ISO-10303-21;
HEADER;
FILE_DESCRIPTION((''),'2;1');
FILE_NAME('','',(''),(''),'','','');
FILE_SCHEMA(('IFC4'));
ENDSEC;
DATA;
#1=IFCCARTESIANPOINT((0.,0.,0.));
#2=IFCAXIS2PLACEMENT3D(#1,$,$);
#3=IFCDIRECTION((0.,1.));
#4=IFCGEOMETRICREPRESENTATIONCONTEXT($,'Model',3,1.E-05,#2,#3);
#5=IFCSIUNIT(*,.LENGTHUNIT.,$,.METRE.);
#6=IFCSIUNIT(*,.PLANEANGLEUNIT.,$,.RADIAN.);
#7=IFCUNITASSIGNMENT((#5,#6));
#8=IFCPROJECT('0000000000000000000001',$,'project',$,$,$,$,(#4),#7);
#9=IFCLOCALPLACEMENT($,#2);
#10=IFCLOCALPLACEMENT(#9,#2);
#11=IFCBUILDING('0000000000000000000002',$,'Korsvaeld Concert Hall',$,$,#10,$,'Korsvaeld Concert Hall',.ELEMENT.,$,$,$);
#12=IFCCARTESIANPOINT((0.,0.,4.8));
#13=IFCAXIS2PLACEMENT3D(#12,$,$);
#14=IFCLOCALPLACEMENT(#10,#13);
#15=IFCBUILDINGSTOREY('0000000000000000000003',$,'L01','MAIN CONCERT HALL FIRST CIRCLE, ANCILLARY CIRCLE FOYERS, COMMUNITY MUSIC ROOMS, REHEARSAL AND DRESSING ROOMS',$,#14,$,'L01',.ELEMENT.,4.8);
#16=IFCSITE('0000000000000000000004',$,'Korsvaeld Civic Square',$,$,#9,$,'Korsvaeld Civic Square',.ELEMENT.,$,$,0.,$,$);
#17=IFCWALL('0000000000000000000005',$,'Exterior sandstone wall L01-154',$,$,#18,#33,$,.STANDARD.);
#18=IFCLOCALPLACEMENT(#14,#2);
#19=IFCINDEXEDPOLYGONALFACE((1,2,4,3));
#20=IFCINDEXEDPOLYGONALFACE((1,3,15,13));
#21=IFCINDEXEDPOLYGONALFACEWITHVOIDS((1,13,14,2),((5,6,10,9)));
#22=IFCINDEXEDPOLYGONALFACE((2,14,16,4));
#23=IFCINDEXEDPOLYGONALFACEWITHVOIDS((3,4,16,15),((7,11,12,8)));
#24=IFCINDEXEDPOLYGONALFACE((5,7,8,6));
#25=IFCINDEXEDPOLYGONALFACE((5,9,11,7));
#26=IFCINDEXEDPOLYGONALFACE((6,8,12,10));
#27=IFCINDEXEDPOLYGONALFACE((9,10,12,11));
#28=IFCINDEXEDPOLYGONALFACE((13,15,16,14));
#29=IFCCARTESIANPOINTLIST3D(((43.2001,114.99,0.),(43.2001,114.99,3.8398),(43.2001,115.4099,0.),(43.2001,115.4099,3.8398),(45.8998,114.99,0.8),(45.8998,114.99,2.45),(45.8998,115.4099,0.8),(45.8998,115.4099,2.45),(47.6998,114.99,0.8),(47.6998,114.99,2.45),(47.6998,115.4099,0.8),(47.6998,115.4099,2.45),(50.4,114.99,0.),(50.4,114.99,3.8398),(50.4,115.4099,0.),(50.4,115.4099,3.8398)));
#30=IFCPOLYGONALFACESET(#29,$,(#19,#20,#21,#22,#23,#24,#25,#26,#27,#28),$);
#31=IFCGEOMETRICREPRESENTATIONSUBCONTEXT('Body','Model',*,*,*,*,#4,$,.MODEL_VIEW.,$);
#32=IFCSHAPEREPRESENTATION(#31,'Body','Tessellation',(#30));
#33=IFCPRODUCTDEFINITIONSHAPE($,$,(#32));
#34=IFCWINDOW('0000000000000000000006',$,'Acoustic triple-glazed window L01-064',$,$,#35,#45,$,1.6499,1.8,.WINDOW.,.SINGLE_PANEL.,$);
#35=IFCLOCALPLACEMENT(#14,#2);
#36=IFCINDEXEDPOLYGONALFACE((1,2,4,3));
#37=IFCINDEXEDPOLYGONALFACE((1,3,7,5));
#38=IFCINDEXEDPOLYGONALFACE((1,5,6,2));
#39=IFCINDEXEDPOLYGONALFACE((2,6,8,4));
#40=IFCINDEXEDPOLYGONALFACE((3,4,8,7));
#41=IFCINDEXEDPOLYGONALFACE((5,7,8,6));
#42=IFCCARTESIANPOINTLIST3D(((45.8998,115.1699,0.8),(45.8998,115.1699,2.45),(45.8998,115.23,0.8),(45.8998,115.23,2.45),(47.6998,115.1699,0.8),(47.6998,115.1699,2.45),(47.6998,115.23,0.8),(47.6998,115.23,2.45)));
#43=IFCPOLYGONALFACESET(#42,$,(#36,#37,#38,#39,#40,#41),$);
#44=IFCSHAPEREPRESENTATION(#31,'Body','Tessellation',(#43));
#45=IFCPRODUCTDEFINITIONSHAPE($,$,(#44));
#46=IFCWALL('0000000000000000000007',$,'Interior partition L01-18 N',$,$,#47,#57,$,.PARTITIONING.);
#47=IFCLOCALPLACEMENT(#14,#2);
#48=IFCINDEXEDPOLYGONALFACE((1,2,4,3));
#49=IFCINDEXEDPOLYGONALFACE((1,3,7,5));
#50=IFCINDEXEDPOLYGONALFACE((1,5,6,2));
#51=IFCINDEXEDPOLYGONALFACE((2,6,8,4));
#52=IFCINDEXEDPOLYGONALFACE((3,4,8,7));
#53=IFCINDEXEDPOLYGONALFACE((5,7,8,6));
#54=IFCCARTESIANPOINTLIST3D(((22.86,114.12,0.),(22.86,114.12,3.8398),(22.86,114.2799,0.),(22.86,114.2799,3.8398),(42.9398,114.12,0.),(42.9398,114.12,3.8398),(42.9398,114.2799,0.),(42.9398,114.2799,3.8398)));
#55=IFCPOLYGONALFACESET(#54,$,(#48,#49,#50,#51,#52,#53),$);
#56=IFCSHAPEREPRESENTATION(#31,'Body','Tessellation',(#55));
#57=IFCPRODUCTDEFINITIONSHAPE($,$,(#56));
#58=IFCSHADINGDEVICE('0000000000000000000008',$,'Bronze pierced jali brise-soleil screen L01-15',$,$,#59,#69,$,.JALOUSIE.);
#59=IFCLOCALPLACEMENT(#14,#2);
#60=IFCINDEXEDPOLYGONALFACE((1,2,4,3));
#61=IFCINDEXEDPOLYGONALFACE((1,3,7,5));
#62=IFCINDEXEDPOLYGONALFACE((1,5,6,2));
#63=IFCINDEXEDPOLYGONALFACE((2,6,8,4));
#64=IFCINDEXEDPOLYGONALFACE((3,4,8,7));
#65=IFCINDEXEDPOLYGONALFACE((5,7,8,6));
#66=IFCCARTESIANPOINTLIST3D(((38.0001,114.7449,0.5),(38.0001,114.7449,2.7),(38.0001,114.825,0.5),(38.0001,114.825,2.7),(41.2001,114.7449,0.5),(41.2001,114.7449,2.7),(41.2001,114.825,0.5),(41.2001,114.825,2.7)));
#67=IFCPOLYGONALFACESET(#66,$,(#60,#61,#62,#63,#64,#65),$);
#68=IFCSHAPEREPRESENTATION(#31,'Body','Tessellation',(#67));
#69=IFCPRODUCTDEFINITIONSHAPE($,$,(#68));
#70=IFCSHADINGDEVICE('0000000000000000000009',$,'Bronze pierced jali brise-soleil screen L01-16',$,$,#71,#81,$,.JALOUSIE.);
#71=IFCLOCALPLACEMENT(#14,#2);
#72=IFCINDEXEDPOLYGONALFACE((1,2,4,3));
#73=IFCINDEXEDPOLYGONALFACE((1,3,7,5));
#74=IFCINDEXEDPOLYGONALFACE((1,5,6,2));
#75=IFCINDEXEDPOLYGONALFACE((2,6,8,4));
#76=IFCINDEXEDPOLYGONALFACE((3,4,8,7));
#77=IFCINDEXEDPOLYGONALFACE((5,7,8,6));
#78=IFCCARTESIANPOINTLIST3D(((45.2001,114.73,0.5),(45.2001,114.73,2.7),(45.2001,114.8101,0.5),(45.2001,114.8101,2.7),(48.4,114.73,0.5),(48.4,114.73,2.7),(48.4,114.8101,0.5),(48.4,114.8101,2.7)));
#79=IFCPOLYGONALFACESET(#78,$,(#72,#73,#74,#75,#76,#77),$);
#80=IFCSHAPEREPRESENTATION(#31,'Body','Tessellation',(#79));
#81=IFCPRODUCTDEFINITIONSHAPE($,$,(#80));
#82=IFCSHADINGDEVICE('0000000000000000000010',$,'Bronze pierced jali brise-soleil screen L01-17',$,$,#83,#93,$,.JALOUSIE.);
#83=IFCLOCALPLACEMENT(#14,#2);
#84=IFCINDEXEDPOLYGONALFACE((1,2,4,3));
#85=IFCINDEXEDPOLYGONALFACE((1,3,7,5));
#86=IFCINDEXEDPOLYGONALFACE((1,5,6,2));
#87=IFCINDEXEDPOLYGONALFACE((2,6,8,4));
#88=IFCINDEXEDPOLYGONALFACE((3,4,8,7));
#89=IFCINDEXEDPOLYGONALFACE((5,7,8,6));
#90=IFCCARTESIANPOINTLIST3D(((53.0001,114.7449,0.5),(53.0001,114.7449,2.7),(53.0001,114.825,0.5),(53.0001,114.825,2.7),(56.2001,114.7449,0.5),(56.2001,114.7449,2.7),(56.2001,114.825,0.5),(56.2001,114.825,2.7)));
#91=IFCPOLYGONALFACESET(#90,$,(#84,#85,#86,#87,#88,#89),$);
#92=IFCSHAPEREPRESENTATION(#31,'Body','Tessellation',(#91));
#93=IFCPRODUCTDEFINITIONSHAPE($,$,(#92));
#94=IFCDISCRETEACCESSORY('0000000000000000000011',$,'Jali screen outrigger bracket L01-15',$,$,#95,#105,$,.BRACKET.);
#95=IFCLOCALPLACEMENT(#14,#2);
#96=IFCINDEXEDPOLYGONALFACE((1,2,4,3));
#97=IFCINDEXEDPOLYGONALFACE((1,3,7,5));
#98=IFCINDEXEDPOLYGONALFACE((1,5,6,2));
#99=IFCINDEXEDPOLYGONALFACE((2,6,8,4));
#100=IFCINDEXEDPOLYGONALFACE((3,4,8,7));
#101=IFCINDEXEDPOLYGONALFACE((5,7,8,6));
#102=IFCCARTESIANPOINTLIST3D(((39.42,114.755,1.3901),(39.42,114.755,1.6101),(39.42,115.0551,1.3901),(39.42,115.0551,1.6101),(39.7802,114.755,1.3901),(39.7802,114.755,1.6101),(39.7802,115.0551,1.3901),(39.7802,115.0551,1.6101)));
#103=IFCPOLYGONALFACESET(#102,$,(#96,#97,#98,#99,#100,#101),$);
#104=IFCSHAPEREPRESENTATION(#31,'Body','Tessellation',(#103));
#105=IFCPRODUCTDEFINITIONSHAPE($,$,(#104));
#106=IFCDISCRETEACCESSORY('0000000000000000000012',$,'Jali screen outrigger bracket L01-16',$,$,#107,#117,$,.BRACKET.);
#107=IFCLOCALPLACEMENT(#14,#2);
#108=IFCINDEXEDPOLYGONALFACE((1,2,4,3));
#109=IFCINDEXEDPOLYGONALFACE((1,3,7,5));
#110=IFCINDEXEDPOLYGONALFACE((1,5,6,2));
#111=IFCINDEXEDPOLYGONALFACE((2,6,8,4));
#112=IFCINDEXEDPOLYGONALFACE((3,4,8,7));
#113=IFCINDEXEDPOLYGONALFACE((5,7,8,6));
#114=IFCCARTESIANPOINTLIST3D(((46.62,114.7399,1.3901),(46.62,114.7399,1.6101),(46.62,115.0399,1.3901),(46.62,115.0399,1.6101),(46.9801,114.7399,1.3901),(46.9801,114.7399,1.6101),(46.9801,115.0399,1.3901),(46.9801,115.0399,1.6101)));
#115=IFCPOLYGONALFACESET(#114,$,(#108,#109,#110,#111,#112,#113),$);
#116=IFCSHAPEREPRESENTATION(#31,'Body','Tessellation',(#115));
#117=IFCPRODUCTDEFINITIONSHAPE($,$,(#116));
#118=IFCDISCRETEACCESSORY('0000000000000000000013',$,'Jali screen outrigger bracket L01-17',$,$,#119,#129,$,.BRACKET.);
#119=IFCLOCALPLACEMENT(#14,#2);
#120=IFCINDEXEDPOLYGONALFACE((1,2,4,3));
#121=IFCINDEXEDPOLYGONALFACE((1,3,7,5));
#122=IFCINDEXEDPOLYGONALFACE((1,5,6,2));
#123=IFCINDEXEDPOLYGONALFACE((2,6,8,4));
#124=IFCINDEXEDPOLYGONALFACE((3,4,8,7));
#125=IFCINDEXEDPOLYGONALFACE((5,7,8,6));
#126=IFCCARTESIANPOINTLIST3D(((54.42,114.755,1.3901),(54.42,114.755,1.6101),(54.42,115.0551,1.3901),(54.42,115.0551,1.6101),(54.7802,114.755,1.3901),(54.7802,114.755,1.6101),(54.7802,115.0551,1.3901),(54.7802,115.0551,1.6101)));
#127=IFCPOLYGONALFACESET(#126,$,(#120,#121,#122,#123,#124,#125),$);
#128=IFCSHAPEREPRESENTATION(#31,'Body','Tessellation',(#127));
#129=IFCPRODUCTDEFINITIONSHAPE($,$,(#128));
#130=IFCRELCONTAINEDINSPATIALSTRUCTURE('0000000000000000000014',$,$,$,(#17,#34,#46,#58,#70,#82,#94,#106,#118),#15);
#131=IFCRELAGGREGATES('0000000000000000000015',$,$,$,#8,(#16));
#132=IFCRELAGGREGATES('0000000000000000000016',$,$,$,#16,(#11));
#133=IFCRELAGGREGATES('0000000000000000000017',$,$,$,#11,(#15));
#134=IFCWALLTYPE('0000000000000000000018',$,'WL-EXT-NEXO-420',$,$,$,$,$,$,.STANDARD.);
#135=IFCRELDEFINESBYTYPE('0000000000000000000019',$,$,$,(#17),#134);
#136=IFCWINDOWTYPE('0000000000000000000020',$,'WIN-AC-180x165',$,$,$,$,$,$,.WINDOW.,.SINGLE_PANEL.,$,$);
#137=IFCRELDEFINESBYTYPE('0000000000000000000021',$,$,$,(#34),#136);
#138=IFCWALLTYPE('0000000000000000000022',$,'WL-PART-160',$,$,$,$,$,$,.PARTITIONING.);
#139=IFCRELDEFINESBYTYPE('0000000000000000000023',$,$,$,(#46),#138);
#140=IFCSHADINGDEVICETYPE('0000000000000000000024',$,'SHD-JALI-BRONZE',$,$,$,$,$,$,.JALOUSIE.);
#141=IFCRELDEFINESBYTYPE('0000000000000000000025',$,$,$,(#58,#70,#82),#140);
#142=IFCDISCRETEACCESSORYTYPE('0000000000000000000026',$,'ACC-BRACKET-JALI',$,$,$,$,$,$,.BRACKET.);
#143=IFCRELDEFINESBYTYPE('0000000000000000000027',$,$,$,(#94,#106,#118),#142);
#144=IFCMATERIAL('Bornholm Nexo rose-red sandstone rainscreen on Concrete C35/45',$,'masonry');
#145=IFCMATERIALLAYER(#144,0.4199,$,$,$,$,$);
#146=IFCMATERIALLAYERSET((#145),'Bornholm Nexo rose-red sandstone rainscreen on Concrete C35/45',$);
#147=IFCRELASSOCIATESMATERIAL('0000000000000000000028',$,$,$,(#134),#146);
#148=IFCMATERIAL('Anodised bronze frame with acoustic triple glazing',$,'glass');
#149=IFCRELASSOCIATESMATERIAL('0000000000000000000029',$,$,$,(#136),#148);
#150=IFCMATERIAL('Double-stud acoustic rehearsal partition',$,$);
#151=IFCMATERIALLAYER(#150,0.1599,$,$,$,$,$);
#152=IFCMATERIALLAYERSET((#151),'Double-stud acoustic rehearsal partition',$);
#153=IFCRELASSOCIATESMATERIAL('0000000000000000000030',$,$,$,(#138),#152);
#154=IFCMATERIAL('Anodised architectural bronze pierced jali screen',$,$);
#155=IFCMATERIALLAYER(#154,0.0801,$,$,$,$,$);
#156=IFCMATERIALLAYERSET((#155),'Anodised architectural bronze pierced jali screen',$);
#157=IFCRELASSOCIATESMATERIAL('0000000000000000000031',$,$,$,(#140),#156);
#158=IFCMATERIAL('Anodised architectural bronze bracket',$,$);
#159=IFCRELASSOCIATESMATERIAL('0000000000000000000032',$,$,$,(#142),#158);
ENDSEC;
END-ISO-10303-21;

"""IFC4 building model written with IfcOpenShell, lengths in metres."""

from ifc_helpers import new_model, si_unit, direction, frame, frame_2d, origin, origin_2d, place, context, subcontext, project, spatial, rectangle, extrude, material, layer, layer_set, type_object, element, fill, save


model = new_model("IFC4")

# Units and contexts
model_context = context("Model", 3, precision=1e-05, world=origin(), true_north=direction((0.0, 1.0)))
body_context = subcontext(model_context, "Body", "Model", "MODEL_VIEW")
ifc_project = project(units=[si_unit("LENGTHUNIT", "METRE"), si_unit("PLANEANGLEUNIT", "RADIAN")], contexts=[model_context])

# Site, building, storey
site_placement = place(None, origin())
site = spatial("IfcSite", under=ifc_project, at=site_placement, Name="Korsvaeld Civic Square", LongName="Korsvaeld Civic Square", CompositionType="ELEMENT", RefElevation=0.0)
building_placement = place(site_placement, origin())
building = spatial("IfcBuilding", under=site, at=building_placement, Name="Korsvaeld Concert Hall", LongName="Korsvaeld Concert Hall", CompositionType="ELEMENT")
storey_placement = place(building_placement, frame((0.0, 0.0, 4.8)))
storey = spatial("IfcBuildingStorey", under=building, at=storey_placement, Name="L01", Description="MAIN CONCERT HALL FIRST CIRCLE, ANCILLARY CIRCLE FOYERS, COMMUNITY MUSIC ROOMS, REHEARSAL AND DRESSING ROOMS", LongName="L01", CompositionType="ELEMENT", Elevation=4.8)

# Wall, opening, window
ifc_material_1 = material(Name="Anodised bronze frame with acoustic triple glazing", Category="glass")
ifc_material_2 = material(Name="Bornholm Nexo rose-red sandstone rainscreen on Concrete C35/45", Category="masonry")
ifc_layer_1 = layer(ifc_material_2, 0.4199)
ifc_layer_set_1 = layer_set([ifc_layer_1], Name="Bornholm Nexo rose-red sandstone rainscreen on Concrete C35/45")
wall_type_1 = type_object("IfcWallType", Name="WL-EXT-NEXO-420", PredefinedType="STANDARD", material=ifc_layer_set_1)
wall_1_placement = place(storey_placement, frame((43.2, 115.2, 0.0), z_axis=(0.0, 0.0, 1.0), x_axis=(1.0, 0.0, 0.0)))
wall_1 = element("IfcWall", 1, at=wall_1_placement, inside=storey, type_object=wall_type_1, Name="Exterior sandstone wall L01-154", PredefinedType="STANDARD", context=body_context, shape_type="SweptSolid", body=[
    extrude(rectangle(XDim=7.2, YDim=0.4199, at=frame_2d((3.6001, 0.0))), origin(), (0.0, 0.0, 1.0), 3.8398),
])
opening_1_placement = place(wall_1_placement, frame((2.7, 0.0, 0.8)))
opening_1 = element("IfcOpeningElement", 2, at=opening_1_placement, cuts=wall_1, PredefinedType="OPENING", context=body_context, shape_type="SweptSolid", body=[
    extrude(rectangle(XDim=1.8, YDim=1.6499, at=frame_2d((0.8999, 0.825))), frame((0.0, 0.22, 0.0), z_axis=(0.0, -1.0, 0.0), x_axis=(1.0, 0.0, 0.0)), (0.0, 0.0, 1.0), 0.4399),
])
window_type_1 = type_object("IfcWindowType", Name="WIN-AC-180x165", PartitioningType="SINGLE_PANEL", PredefinedType="WINDOW", material=ifc_material_1)
window_1_placement = place(opening_1_placement, origin())
window_1 = element("IfcWindow", 3, at=window_1_placement, inside=storey, type_object=window_type_1, Name="Acoustic triple-glazed window L01-064", OverallHeight=1.6499, OverallWidth=1.8, PartitioningType="SINGLE_PANEL", PredefinedType="WINDOW", context=body_context, shape_type="SweptSolid", body=[
    extrude(rectangle(XDim=1.8, YDim=1.6499, at=frame_2d((0.8999, 0.825))), frame((0.0, 0.03, 0.0), z_axis=(0.0, -1.0, 0.0), x_axis=(1.0, 0.0, 0.0)), (0.0, 0.0, 1.0), 0.0601),
])
fill(opening_1, window_1)

# Wall
ifc_material_3 = material(Name="Double-stud acoustic rehearsal partition")
ifc_layer_2 = layer(ifc_material_3, 0.1599)
ifc_layer_set_2 = layer_set([ifc_layer_2], Name="Double-stud acoustic rehearsal partition")
wall_type_2 = type_object("IfcWallType", Name="WL-PART-160", PredefinedType="PARTITIONING", material=ifc_layer_set_2)
wall_2_placement = place(storey_placement, frame((42.9399, 114.2, 0.0), z_axis=(0.0, 0.0, 1.0), x_axis=(-1.0, 0.0, 0.0)))
element("IfcWall", 4, at=wall_2_placement, inside=storey, type_object=wall_type_2, Name="Interior partition L01-18 N", PredefinedType="PARTITIONING", context=body_context, shape_type="SweptSolid", body=[
    extrude(rectangle(XDim=20.0798, YDim=0.1599, at=frame_2d((10.04, 0.0))), origin(), (0.0, 0.0, 1.0), 3.8398),
])

# Shading devices
ifc_material_4 = material(Name="Anodised architectural bronze pierced jali screen")
ifc_layer_3 = layer(ifc_material_4, 0.0801)
ifc_layer_set_3 = layer_set([ifc_layer_3], Name="Anodised architectural bronze pierced jali screen")
shading_device_type = type_object("IfcShadingDeviceType", Name="SHD-JALI-BRONZE", PredefinedType="JALOUSIE", material=ifc_layer_set_3)
for number, where, z_axis, x_axis, name in (
    (5, (39.6001, 114.7849, 0.5), (0.0, 0.0, 1.0), (1.0, 0.0, 0.0), "Bronze pierced jali brise-soleil screen L01-15"),
    (6, (46.8, 114.77, 0.5), (0.0, 0.0, 1.0), (1.0, 0.0, 0.0), "Bronze pierced jali brise-soleil screen L01-16"),
    (7, (54.6001, 114.7849, 0.5), (0.0, 0.0, 1.0), (1.0, 0.0, 0.0), "Bronze pierced jali brise-soleil screen L01-17"),
):
    element("IfcShadingDevice", number, at=place(storey_placement, frame(where, z_axis=z_axis, x_axis=x_axis)), inside=storey, type_object=shading_device_type, Name=name, PredefinedType="JALOUSIE", context=body_context, shape_type="SweptSolid", body=[
        extrude(rectangle(XDim=3.2, YDim=0.0801, at=origin_2d()), origin(), (0.0, 0.0, 1.0), 2.2),
    ])

# Discrete accessories
ifc_material_5 = material(Name="Anodised architectural bronze bracket")
discrete_accessory_type = type_object("IfcDiscreteAccessoryType", Name="ACC-BRACKET-JALI", PredefinedType="BRACKET", material=ifc_material_5)
for number, where, z_axis, x_axis, name in (
    (8, (39.6001, 114.905, 1.3901), (0.0, 0.0, 1.0), (1.0, 0.0, 0.0), "Jali screen outrigger bracket L01-15"),
    (9, (46.8, 114.8899, 1.3901), (0.0, 0.0, 1.0), (1.0, 0.0, 0.0), "Jali screen outrigger bracket L01-16"),
    (10, (54.6001, 114.905, 1.3901), (0.0, 0.0, 1.0), (1.0, 0.0, 0.0), "Jali screen outrigger bracket L01-17"),
):
    element("IfcDiscreteAccessory", number, at=place(storey_placement, frame(where, z_axis=z_axis, x_axis=x_axis)), inside=storey, type_object=discrete_accessory_type, Name=name, PredefinedType="BRACKET", context=body_context, shape_type="SweptSolid", body=[
        extrude(rectangle(XDim=0.3601, YDim=0.3, at=origin_2d()), origin(), (0.0, 0.0, 1.0), 0.22),
    ])

save(model, "model.ifc")
